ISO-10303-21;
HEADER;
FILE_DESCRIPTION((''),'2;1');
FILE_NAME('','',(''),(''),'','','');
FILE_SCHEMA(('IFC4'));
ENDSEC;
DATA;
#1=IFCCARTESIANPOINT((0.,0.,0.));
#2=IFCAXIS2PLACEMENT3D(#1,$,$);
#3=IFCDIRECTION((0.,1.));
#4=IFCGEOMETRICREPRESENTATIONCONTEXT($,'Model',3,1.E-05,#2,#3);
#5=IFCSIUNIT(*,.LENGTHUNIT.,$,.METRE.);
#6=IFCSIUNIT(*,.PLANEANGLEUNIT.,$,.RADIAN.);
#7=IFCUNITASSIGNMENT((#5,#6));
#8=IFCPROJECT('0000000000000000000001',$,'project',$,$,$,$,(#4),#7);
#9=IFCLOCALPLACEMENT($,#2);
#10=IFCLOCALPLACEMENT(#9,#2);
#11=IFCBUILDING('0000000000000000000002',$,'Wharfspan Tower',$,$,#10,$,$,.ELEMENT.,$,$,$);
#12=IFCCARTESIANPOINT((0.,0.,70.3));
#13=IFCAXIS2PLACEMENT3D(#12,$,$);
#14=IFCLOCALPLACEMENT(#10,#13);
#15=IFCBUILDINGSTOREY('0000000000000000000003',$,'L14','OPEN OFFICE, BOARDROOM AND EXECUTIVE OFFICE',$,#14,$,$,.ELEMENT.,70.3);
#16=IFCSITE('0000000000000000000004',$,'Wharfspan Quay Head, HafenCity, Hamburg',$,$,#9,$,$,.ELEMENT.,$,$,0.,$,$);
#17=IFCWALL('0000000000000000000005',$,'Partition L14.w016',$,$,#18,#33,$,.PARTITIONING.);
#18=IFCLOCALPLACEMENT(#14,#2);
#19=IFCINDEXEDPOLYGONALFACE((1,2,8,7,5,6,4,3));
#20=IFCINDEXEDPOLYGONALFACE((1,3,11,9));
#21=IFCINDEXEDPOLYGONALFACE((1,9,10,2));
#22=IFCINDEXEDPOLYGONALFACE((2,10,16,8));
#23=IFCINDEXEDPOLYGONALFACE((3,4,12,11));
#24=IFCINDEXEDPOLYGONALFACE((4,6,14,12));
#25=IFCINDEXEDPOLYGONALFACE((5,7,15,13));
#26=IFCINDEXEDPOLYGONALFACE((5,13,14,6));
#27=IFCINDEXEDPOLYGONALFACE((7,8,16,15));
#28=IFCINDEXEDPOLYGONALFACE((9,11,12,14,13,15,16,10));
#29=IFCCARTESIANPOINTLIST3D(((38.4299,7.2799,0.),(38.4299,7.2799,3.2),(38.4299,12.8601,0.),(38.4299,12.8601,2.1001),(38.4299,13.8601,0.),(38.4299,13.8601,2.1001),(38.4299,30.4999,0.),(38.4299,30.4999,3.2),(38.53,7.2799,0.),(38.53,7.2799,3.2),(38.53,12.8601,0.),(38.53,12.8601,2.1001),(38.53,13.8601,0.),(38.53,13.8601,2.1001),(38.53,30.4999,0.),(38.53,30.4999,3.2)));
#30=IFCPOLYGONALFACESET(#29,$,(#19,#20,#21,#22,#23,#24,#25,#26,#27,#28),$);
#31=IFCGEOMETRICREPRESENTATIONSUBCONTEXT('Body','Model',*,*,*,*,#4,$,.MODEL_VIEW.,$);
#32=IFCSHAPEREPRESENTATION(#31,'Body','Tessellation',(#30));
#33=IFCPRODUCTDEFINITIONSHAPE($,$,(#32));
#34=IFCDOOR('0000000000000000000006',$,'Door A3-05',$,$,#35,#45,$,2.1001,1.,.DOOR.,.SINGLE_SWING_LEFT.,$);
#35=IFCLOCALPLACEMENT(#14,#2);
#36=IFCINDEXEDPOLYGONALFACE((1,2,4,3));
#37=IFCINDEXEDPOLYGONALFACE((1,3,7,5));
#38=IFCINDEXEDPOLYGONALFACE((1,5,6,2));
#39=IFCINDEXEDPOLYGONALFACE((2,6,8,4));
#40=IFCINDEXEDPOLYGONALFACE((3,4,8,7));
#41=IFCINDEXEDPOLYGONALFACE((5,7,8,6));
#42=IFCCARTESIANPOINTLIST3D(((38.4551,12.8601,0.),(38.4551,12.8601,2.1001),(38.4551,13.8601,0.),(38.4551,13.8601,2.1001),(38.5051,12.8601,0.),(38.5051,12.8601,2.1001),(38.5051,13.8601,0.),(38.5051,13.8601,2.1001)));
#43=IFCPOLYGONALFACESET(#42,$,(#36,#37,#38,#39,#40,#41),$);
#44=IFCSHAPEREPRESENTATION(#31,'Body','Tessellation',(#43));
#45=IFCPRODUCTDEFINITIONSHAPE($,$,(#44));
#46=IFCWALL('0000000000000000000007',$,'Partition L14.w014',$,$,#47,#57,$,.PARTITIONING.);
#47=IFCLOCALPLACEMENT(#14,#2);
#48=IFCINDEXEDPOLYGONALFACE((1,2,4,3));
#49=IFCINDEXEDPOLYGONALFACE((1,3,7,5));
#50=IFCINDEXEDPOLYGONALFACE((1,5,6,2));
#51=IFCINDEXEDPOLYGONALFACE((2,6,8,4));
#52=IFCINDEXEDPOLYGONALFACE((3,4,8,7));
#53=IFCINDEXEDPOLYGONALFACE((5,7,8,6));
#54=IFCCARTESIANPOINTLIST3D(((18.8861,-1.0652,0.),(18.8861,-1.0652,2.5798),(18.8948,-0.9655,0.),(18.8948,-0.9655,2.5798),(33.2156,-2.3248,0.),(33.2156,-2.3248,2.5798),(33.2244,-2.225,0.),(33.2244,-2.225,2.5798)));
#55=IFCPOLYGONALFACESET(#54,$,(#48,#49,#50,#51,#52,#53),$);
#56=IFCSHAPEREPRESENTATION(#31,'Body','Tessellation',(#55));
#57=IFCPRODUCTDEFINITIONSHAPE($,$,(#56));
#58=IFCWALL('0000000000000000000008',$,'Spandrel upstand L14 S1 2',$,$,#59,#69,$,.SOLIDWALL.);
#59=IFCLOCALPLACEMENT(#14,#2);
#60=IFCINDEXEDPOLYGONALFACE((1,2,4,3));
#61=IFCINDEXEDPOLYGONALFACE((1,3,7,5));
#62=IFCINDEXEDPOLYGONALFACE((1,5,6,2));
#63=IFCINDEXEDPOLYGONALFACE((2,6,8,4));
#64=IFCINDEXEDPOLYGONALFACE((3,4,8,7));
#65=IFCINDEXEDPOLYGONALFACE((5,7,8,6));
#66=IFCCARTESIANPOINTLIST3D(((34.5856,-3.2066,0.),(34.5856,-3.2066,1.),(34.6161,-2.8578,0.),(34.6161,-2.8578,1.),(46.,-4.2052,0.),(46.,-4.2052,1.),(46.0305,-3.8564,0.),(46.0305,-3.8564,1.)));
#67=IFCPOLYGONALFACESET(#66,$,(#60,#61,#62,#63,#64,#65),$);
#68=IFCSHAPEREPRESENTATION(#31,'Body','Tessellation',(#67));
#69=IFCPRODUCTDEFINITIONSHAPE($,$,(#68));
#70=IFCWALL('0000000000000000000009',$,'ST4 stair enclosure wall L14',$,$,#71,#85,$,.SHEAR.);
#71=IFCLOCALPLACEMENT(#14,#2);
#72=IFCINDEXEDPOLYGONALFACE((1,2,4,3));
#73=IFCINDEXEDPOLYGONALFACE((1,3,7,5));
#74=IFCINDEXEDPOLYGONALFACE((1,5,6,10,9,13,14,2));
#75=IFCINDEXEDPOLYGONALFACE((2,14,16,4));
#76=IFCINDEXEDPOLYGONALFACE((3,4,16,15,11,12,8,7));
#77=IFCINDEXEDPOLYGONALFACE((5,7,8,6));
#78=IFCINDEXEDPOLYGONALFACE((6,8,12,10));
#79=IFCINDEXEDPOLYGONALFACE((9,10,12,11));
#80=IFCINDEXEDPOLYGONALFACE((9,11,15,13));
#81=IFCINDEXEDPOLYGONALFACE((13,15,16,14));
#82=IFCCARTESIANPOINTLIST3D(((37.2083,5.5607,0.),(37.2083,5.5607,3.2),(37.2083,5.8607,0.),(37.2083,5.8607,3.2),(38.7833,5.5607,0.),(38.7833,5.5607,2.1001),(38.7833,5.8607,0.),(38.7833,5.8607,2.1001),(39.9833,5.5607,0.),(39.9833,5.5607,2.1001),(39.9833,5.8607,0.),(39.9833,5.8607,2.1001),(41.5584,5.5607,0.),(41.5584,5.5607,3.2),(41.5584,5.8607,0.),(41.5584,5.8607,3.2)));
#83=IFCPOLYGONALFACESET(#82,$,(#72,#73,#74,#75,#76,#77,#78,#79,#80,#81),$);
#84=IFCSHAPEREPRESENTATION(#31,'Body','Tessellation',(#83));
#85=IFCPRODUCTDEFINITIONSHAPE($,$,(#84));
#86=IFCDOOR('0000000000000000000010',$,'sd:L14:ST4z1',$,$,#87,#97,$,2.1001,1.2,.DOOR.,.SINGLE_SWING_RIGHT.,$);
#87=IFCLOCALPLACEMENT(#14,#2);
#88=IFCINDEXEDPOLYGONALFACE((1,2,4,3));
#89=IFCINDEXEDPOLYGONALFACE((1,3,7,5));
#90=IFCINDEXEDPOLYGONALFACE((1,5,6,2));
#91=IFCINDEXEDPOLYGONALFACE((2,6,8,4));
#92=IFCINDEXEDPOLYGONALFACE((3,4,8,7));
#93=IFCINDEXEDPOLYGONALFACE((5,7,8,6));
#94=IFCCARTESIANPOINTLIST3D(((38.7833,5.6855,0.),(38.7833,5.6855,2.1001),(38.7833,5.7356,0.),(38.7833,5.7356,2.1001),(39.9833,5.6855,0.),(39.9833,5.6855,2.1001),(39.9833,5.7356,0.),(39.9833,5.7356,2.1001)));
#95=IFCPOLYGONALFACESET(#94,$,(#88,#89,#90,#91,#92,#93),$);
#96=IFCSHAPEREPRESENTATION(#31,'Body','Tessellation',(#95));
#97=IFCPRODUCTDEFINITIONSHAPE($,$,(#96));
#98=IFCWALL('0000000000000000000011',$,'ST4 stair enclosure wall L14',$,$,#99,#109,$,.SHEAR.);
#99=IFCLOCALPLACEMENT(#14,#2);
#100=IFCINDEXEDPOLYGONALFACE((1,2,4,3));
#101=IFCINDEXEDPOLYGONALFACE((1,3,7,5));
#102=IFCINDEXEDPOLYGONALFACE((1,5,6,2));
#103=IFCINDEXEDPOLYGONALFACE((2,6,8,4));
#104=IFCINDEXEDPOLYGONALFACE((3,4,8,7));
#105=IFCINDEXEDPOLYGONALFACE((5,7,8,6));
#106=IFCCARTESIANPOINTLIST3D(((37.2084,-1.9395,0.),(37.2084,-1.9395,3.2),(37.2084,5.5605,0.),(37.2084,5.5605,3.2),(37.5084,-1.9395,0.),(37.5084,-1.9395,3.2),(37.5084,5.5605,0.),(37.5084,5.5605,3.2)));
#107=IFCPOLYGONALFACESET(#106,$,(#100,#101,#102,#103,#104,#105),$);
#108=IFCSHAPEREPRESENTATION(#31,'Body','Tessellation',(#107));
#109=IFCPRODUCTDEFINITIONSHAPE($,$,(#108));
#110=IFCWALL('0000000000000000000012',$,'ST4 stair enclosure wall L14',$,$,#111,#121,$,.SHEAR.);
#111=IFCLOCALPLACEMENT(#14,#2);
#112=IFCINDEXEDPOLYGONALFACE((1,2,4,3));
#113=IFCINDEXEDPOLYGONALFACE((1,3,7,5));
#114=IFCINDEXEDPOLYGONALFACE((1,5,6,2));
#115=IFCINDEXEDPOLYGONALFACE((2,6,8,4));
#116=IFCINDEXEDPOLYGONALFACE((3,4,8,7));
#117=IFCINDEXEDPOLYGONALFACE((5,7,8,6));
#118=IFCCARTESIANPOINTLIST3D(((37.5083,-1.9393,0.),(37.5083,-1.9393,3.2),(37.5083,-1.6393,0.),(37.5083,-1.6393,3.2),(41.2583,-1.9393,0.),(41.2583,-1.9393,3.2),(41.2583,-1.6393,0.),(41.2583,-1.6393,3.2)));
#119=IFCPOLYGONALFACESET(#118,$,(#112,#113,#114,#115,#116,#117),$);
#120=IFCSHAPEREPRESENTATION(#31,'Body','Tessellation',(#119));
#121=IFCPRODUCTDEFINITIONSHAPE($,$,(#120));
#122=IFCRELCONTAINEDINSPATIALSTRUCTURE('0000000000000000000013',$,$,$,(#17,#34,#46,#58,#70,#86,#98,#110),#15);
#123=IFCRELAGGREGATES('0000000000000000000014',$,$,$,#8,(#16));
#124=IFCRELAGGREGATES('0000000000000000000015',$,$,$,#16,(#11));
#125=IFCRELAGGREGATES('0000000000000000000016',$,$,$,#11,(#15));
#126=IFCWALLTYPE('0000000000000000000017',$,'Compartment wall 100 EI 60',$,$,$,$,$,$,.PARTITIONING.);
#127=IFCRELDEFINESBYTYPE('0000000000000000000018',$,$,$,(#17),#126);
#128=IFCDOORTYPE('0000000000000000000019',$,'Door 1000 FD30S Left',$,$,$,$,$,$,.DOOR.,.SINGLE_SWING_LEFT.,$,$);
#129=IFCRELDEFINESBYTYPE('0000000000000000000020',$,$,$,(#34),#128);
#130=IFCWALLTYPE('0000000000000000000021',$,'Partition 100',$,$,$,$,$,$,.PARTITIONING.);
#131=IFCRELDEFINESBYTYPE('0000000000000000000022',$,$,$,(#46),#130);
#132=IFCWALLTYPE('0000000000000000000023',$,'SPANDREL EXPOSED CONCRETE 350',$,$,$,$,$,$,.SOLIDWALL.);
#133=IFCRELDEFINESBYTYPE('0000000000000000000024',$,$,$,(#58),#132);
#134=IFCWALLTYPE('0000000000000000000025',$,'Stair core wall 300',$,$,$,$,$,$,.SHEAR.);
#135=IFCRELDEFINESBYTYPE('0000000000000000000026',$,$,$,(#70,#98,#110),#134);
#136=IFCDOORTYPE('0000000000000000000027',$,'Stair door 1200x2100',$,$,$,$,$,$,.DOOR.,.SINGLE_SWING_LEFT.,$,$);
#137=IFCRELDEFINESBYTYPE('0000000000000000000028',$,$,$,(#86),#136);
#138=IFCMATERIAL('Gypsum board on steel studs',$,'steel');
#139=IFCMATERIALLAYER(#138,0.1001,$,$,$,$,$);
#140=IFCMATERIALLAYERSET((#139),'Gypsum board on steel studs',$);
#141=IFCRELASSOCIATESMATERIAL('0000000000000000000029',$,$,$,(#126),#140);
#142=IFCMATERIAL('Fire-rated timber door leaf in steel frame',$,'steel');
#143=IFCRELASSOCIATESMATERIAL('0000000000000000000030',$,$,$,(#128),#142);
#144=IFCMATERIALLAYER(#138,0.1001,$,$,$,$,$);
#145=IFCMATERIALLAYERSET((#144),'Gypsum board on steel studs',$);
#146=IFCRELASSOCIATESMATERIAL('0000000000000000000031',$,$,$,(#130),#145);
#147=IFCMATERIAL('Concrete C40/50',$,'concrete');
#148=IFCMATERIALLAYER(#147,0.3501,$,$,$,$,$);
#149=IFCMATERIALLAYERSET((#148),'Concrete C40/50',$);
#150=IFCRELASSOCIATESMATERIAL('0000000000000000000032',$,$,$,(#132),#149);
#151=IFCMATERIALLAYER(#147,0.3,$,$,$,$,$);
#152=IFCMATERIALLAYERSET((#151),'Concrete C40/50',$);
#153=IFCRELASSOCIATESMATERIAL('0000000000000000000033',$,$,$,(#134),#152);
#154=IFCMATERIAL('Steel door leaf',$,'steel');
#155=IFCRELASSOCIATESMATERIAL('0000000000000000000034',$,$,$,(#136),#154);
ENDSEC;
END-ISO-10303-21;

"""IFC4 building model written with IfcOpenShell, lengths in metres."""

from ifc_helpers import new_model, si_unit, direction, frame, frame_2d, origin, place, context, subcontext, project, spatial, rectangle, extrude, material, layer, layer_set, type_object, element, fill, save


model = new_model("IFC4")

# Units and contexts
model_context = context("Model", 3, precision=1e-05, world=origin(), true_north=direction((0.0, 1.0)))
body_context = subcontext(model_context, "Body", "Model", "MODEL_VIEW")
ifc_project = project(units=[si_unit("LENGTHUNIT", "METRE"), si_unit("PLANEANGLEUNIT", "RADIAN")], contexts=[model_context])

# Site, building, storey
site_placement = place(None, origin())
site = spatial("IfcSite", under=ifc_project, at=site_placement, Name="Wharfspan Quay Head, HafenCity, Hamburg", CompositionType="ELEMENT", RefElevation=0.0)
building_placement = place(site_placement, origin())
building = spatial("IfcBuilding", under=site, at=building_placement, Name="Wharfspan Tower", CompositionType="ELEMENT")
storey_placement = place(building_placement, frame((0.0, 0.0, 70.3)))
storey = spatial("IfcBuildingStorey", under=building, at=storey_placement, Name="L14", Description="OPEN OFFICE, BOARDROOM AND EXECUTIVE OFFICE", CompositionType="ELEMENT", Elevation=70.3)

# Shared definitions
ifc_material_1 = material(Name="Gypsum board on steel studs", Category="steel")
ifc_layer_1 = layer(ifc_material_1, 0.1001)
ifc_layer_set_1 = layer_set([ifc_layer_1], Name="Gypsum board on steel studs")
wall_type_1 = type_object("IfcWallType", Name="Compartment wall 100 EI 60", PredefinedType="PARTITIONING", material=ifc_layer_set_1)

# Wall, opening, door
wall_1_placement = place(storey_placement, frame((38.48, 7.28, 0.0), z_axis=(0.0, 0.0, 1.0), x_axis=(0.0, 1.0, 0.0)))
wall_1 = element("IfcWall", 1, at=wall_1_placement, inside=storey, type_object=wall_type_1, Name="Partition L14.w016", PredefinedType="PARTITIONING", context=body_context, shape_type="SweptSolid", body=[
    extrude(rectangle(XDim=23.22, YDim=0.1001, at=frame_2d((11.6099, 0.0))), origin(), (0.0, 0.0, 1.0), 3.2),
])
opening_1_placement = place(wall_1_placement, frame((5.5801, 0.0, 0.0)))
opening_1 = element("IfcOpeningElement", 2, at=opening_1_placement, cuts=wall_1, PredefinedType="OPENING", context=body_context, shape_type="SweptSolid", body=[
    extrude(rectangle(XDim=1.0, YDim=2.1001, at=frame_2d((0.5, 1.05))), frame((0.0, 0.0601, 0.0), z_axis=(0.0, -1.0, 0.0), x_axis=(1.0, 0.0, 0.0)), (0.0, 0.0, 1.0), 0.1201),
])
ifc_material_2 = material(Name="Fire-rated timber door leaf in steel frame", Category="steel")
door_type_1 = type_object("IfcDoorType", Name="Door 1000 FD30S Left", OperationType="SINGLE_SWING_LEFT", PredefinedType="DOOR", material=ifc_material_2)
door_1_placement = place(opening_1_placement, origin())
door_1 = element("IfcDoor", 3, at=door_1_placement, inside=storey, type_object=door_type_1, Name="Door A3-05", OperationType="SINGLE_SWING_LEFT", OverallHeight=2.1001, OverallWidth=1.0, PredefinedType="DOOR", context=body_context, shape_type="SweptSolid", body=[
    extrude(rectangle(XDim=1.0, YDim=2.1001, at=frame_2d((0.5, 1.05))), frame((0.0, 0.0249, 0.0), z_axis=(0.0, -1.0, 0.0), x_axis=(1.0, 0.0, 0.0)), (0.0, 0.0, 1.0), 0.05),
])
fill(opening_1, door_1)

# Walls
ifc_layer_2 = layer(ifc_material_1, 0.1001)
ifc_layer_set_2 = layer_set([ifc_layer_2], Name="Gypsum board on steel studs")
wall_type_2 = type_object("IfcWallType", Name="Partition 100", PredefinedType="PARTITIONING", material=ifc_layer_set_2)
wall_2_placement = place(storey_placement, frame((33.22, -2.2749, 0.0), z_axis=(0.0, 0.0, 1.0), x_axis=(-0.99616, 0.087559, 0.0)))
element("IfcWall", 4, at=wall_2_placement, inside=storey, type_object=wall_type_2, Name="Partition L14.w014", PredefinedType="PARTITIONING", context=body_context, shape_type="SweptSolid", body=[
    extrude(rectangle(XDim=14.3848, YDim=0.1001, at=frame_2d((7.1924, 0.0))), origin(), (0.0, 0.0, 1.0), 2.5798),
])
ifc_material_3 = material(Name="Concrete C40/50", Category="concrete")
ifc_layer_3 = layer(ifc_material_3, 0.3501)
ifc_layer_set_3 = layer_set([ifc_layer_3], Name="Concrete C40/50")
wall_type_3 = type_object("IfcWallType", Name="SPANDREL EXPOSED CONCRETE 350", PredefinedType="SOLIDWALL", material=ifc_layer_set_3)
wall_3_placement = place(storey_placement, frame((34.6008, -3.0322, 0.0), z_axis=(0.0, 0.0, 1.0), x_axis=(0.996193, -0.087148, 0.0)))
element("IfcWall", 5, at=wall_3_placement, inside=storey, type_object=wall_type_3, Name="Spandrel upstand L14 S1 2", PredefinedType="SOLIDWALL", context=body_context, shape_type="SweptSolid", body=[
    extrude(rectangle(XDim=11.458, YDim=0.3501, at=frame_2d((5.729, 0.0))), origin(), (0.0, 0.0, 1.0), 1.0),
])

# Wall, opening, door
ifc_layer_4 = layer(ifc_material_3, 0.3)
ifc_layer_set_4 = layer_set([ifc_layer_4], Name="Concrete C40/50")
wall_type_4 = type_object("IfcWallType", Name="Stair core wall 300", PredefinedType="SHEAR", material=ifc_layer_set_4)
wall_4_placement = place(storey_placement, frame((37.2083, 5.7107, 0.0), z_axis=(0.0, 0.0, 1.0), x_axis=(1.0, 0.0, 0.0)))
wall_4 = element("IfcWall", 6, at=wall_4_placement, inside=storey, type_object=wall_type_4, Name="ST4 stair enclosure wall L14", PredefinedType="SHEAR", context=body_context, shape_type="SweptSolid", body=[
    extrude(rectangle(XDim=4.3501, YDim=0.3, at=frame_2d((2.175, 0.0))), origin(), (0.0, 0.0, 1.0), 3.2),
])
opening_2_placement = place(wall_4_placement, frame((1.575, 0.0, 0.0)))
opening_2 = element("IfcOpeningElement", 7, at=opening_2_placement, cuts=wall_4, PredefinedType="OPENING", context=body_context, shape_type="SweptSolid", body=[
    extrude(rectangle(XDim=1.2, YDim=2.1001, at=frame_2d((0.6001, 1.05))), frame((0.0, 0.1599, 0.0), z_axis=(0.0, -1.0, 0.0), x_axis=(1.0, 0.0, 0.0)), (0.0, 0.0, 1.0), 0.3201),
])
ifc_material_4 = material(Name="Steel door leaf", Category="steel")
door_type_2 = type_object("IfcDoorType", Name="Stair door 1200x2100", OperationType="SINGLE_SWING_LEFT", PredefinedType="DOOR", material=ifc_material_4)
door_2_placement = place(opening_2_placement, origin())
door_2 = element("IfcDoor", 8, at=door_2_placement, inside=storey, type_object=door_type_2, Name="sd:L14:ST4z1", OperationType="SINGLE_SWING_RIGHT", OverallHeight=2.1001, OverallWidth=1.2, PredefinedType="DOOR", context=body_context, shape_type="SweptSolid", body=[
    extrude(rectangle(XDim=1.2, YDim=2.1001, at=frame_2d((0.6001, 1.05))), frame((0.0, 0.0249, 0.0), z_axis=(0.0, -1.0, 0.0), x_axis=(1.0, 0.0, 0.0)), (0.0, 0.0, 1.0), 0.05),
])
fill(opening_2, door_2)

# Walls
wall_5_placement = place(storey_placement, frame((37.3584, -1.9395, 0.0), z_axis=(0.0, 0.0, 1.0), x_axis=(0.0, 1.0, 0.0)))
element("IfcWall", 9, at=wall_5_placement, inside=storey, type_object=wall_type_4, Name="ST4 stair enclosure wall L14", PredefinedType="SHEAR", context=body_context, shape_type="SweptSolid", body=[
    extrude(rectangle(XDim=7.5, YDim=0.3, at=frame_2d((3.75, 0.0))), origin(), (0.0, 0.0, 1.0), 3.2),
])
wall_6_placement = place(storey_placement, frame((37.5083, -1.7893, 0.0), z_axis=(0.0, 0.0, 1.0), x_axis=(1.0, 0.0, 0.0)))
element("IfcWall", 10, at=wall_6_placement, inside=storey, type_object=wall_type_4, Name="ST4 stair enclosure wall L14", PredefinedType="SHEAR", context=body_context, shape_type="SweptSolid", body=[
    extrude(rectangle(XDim=3.75, YDim=0.3, at=frame_2d((1.875, 0.0))), origin(), (0.0, 0.0, 1.0), 3.2),
])

save(model, "model.ifc")
